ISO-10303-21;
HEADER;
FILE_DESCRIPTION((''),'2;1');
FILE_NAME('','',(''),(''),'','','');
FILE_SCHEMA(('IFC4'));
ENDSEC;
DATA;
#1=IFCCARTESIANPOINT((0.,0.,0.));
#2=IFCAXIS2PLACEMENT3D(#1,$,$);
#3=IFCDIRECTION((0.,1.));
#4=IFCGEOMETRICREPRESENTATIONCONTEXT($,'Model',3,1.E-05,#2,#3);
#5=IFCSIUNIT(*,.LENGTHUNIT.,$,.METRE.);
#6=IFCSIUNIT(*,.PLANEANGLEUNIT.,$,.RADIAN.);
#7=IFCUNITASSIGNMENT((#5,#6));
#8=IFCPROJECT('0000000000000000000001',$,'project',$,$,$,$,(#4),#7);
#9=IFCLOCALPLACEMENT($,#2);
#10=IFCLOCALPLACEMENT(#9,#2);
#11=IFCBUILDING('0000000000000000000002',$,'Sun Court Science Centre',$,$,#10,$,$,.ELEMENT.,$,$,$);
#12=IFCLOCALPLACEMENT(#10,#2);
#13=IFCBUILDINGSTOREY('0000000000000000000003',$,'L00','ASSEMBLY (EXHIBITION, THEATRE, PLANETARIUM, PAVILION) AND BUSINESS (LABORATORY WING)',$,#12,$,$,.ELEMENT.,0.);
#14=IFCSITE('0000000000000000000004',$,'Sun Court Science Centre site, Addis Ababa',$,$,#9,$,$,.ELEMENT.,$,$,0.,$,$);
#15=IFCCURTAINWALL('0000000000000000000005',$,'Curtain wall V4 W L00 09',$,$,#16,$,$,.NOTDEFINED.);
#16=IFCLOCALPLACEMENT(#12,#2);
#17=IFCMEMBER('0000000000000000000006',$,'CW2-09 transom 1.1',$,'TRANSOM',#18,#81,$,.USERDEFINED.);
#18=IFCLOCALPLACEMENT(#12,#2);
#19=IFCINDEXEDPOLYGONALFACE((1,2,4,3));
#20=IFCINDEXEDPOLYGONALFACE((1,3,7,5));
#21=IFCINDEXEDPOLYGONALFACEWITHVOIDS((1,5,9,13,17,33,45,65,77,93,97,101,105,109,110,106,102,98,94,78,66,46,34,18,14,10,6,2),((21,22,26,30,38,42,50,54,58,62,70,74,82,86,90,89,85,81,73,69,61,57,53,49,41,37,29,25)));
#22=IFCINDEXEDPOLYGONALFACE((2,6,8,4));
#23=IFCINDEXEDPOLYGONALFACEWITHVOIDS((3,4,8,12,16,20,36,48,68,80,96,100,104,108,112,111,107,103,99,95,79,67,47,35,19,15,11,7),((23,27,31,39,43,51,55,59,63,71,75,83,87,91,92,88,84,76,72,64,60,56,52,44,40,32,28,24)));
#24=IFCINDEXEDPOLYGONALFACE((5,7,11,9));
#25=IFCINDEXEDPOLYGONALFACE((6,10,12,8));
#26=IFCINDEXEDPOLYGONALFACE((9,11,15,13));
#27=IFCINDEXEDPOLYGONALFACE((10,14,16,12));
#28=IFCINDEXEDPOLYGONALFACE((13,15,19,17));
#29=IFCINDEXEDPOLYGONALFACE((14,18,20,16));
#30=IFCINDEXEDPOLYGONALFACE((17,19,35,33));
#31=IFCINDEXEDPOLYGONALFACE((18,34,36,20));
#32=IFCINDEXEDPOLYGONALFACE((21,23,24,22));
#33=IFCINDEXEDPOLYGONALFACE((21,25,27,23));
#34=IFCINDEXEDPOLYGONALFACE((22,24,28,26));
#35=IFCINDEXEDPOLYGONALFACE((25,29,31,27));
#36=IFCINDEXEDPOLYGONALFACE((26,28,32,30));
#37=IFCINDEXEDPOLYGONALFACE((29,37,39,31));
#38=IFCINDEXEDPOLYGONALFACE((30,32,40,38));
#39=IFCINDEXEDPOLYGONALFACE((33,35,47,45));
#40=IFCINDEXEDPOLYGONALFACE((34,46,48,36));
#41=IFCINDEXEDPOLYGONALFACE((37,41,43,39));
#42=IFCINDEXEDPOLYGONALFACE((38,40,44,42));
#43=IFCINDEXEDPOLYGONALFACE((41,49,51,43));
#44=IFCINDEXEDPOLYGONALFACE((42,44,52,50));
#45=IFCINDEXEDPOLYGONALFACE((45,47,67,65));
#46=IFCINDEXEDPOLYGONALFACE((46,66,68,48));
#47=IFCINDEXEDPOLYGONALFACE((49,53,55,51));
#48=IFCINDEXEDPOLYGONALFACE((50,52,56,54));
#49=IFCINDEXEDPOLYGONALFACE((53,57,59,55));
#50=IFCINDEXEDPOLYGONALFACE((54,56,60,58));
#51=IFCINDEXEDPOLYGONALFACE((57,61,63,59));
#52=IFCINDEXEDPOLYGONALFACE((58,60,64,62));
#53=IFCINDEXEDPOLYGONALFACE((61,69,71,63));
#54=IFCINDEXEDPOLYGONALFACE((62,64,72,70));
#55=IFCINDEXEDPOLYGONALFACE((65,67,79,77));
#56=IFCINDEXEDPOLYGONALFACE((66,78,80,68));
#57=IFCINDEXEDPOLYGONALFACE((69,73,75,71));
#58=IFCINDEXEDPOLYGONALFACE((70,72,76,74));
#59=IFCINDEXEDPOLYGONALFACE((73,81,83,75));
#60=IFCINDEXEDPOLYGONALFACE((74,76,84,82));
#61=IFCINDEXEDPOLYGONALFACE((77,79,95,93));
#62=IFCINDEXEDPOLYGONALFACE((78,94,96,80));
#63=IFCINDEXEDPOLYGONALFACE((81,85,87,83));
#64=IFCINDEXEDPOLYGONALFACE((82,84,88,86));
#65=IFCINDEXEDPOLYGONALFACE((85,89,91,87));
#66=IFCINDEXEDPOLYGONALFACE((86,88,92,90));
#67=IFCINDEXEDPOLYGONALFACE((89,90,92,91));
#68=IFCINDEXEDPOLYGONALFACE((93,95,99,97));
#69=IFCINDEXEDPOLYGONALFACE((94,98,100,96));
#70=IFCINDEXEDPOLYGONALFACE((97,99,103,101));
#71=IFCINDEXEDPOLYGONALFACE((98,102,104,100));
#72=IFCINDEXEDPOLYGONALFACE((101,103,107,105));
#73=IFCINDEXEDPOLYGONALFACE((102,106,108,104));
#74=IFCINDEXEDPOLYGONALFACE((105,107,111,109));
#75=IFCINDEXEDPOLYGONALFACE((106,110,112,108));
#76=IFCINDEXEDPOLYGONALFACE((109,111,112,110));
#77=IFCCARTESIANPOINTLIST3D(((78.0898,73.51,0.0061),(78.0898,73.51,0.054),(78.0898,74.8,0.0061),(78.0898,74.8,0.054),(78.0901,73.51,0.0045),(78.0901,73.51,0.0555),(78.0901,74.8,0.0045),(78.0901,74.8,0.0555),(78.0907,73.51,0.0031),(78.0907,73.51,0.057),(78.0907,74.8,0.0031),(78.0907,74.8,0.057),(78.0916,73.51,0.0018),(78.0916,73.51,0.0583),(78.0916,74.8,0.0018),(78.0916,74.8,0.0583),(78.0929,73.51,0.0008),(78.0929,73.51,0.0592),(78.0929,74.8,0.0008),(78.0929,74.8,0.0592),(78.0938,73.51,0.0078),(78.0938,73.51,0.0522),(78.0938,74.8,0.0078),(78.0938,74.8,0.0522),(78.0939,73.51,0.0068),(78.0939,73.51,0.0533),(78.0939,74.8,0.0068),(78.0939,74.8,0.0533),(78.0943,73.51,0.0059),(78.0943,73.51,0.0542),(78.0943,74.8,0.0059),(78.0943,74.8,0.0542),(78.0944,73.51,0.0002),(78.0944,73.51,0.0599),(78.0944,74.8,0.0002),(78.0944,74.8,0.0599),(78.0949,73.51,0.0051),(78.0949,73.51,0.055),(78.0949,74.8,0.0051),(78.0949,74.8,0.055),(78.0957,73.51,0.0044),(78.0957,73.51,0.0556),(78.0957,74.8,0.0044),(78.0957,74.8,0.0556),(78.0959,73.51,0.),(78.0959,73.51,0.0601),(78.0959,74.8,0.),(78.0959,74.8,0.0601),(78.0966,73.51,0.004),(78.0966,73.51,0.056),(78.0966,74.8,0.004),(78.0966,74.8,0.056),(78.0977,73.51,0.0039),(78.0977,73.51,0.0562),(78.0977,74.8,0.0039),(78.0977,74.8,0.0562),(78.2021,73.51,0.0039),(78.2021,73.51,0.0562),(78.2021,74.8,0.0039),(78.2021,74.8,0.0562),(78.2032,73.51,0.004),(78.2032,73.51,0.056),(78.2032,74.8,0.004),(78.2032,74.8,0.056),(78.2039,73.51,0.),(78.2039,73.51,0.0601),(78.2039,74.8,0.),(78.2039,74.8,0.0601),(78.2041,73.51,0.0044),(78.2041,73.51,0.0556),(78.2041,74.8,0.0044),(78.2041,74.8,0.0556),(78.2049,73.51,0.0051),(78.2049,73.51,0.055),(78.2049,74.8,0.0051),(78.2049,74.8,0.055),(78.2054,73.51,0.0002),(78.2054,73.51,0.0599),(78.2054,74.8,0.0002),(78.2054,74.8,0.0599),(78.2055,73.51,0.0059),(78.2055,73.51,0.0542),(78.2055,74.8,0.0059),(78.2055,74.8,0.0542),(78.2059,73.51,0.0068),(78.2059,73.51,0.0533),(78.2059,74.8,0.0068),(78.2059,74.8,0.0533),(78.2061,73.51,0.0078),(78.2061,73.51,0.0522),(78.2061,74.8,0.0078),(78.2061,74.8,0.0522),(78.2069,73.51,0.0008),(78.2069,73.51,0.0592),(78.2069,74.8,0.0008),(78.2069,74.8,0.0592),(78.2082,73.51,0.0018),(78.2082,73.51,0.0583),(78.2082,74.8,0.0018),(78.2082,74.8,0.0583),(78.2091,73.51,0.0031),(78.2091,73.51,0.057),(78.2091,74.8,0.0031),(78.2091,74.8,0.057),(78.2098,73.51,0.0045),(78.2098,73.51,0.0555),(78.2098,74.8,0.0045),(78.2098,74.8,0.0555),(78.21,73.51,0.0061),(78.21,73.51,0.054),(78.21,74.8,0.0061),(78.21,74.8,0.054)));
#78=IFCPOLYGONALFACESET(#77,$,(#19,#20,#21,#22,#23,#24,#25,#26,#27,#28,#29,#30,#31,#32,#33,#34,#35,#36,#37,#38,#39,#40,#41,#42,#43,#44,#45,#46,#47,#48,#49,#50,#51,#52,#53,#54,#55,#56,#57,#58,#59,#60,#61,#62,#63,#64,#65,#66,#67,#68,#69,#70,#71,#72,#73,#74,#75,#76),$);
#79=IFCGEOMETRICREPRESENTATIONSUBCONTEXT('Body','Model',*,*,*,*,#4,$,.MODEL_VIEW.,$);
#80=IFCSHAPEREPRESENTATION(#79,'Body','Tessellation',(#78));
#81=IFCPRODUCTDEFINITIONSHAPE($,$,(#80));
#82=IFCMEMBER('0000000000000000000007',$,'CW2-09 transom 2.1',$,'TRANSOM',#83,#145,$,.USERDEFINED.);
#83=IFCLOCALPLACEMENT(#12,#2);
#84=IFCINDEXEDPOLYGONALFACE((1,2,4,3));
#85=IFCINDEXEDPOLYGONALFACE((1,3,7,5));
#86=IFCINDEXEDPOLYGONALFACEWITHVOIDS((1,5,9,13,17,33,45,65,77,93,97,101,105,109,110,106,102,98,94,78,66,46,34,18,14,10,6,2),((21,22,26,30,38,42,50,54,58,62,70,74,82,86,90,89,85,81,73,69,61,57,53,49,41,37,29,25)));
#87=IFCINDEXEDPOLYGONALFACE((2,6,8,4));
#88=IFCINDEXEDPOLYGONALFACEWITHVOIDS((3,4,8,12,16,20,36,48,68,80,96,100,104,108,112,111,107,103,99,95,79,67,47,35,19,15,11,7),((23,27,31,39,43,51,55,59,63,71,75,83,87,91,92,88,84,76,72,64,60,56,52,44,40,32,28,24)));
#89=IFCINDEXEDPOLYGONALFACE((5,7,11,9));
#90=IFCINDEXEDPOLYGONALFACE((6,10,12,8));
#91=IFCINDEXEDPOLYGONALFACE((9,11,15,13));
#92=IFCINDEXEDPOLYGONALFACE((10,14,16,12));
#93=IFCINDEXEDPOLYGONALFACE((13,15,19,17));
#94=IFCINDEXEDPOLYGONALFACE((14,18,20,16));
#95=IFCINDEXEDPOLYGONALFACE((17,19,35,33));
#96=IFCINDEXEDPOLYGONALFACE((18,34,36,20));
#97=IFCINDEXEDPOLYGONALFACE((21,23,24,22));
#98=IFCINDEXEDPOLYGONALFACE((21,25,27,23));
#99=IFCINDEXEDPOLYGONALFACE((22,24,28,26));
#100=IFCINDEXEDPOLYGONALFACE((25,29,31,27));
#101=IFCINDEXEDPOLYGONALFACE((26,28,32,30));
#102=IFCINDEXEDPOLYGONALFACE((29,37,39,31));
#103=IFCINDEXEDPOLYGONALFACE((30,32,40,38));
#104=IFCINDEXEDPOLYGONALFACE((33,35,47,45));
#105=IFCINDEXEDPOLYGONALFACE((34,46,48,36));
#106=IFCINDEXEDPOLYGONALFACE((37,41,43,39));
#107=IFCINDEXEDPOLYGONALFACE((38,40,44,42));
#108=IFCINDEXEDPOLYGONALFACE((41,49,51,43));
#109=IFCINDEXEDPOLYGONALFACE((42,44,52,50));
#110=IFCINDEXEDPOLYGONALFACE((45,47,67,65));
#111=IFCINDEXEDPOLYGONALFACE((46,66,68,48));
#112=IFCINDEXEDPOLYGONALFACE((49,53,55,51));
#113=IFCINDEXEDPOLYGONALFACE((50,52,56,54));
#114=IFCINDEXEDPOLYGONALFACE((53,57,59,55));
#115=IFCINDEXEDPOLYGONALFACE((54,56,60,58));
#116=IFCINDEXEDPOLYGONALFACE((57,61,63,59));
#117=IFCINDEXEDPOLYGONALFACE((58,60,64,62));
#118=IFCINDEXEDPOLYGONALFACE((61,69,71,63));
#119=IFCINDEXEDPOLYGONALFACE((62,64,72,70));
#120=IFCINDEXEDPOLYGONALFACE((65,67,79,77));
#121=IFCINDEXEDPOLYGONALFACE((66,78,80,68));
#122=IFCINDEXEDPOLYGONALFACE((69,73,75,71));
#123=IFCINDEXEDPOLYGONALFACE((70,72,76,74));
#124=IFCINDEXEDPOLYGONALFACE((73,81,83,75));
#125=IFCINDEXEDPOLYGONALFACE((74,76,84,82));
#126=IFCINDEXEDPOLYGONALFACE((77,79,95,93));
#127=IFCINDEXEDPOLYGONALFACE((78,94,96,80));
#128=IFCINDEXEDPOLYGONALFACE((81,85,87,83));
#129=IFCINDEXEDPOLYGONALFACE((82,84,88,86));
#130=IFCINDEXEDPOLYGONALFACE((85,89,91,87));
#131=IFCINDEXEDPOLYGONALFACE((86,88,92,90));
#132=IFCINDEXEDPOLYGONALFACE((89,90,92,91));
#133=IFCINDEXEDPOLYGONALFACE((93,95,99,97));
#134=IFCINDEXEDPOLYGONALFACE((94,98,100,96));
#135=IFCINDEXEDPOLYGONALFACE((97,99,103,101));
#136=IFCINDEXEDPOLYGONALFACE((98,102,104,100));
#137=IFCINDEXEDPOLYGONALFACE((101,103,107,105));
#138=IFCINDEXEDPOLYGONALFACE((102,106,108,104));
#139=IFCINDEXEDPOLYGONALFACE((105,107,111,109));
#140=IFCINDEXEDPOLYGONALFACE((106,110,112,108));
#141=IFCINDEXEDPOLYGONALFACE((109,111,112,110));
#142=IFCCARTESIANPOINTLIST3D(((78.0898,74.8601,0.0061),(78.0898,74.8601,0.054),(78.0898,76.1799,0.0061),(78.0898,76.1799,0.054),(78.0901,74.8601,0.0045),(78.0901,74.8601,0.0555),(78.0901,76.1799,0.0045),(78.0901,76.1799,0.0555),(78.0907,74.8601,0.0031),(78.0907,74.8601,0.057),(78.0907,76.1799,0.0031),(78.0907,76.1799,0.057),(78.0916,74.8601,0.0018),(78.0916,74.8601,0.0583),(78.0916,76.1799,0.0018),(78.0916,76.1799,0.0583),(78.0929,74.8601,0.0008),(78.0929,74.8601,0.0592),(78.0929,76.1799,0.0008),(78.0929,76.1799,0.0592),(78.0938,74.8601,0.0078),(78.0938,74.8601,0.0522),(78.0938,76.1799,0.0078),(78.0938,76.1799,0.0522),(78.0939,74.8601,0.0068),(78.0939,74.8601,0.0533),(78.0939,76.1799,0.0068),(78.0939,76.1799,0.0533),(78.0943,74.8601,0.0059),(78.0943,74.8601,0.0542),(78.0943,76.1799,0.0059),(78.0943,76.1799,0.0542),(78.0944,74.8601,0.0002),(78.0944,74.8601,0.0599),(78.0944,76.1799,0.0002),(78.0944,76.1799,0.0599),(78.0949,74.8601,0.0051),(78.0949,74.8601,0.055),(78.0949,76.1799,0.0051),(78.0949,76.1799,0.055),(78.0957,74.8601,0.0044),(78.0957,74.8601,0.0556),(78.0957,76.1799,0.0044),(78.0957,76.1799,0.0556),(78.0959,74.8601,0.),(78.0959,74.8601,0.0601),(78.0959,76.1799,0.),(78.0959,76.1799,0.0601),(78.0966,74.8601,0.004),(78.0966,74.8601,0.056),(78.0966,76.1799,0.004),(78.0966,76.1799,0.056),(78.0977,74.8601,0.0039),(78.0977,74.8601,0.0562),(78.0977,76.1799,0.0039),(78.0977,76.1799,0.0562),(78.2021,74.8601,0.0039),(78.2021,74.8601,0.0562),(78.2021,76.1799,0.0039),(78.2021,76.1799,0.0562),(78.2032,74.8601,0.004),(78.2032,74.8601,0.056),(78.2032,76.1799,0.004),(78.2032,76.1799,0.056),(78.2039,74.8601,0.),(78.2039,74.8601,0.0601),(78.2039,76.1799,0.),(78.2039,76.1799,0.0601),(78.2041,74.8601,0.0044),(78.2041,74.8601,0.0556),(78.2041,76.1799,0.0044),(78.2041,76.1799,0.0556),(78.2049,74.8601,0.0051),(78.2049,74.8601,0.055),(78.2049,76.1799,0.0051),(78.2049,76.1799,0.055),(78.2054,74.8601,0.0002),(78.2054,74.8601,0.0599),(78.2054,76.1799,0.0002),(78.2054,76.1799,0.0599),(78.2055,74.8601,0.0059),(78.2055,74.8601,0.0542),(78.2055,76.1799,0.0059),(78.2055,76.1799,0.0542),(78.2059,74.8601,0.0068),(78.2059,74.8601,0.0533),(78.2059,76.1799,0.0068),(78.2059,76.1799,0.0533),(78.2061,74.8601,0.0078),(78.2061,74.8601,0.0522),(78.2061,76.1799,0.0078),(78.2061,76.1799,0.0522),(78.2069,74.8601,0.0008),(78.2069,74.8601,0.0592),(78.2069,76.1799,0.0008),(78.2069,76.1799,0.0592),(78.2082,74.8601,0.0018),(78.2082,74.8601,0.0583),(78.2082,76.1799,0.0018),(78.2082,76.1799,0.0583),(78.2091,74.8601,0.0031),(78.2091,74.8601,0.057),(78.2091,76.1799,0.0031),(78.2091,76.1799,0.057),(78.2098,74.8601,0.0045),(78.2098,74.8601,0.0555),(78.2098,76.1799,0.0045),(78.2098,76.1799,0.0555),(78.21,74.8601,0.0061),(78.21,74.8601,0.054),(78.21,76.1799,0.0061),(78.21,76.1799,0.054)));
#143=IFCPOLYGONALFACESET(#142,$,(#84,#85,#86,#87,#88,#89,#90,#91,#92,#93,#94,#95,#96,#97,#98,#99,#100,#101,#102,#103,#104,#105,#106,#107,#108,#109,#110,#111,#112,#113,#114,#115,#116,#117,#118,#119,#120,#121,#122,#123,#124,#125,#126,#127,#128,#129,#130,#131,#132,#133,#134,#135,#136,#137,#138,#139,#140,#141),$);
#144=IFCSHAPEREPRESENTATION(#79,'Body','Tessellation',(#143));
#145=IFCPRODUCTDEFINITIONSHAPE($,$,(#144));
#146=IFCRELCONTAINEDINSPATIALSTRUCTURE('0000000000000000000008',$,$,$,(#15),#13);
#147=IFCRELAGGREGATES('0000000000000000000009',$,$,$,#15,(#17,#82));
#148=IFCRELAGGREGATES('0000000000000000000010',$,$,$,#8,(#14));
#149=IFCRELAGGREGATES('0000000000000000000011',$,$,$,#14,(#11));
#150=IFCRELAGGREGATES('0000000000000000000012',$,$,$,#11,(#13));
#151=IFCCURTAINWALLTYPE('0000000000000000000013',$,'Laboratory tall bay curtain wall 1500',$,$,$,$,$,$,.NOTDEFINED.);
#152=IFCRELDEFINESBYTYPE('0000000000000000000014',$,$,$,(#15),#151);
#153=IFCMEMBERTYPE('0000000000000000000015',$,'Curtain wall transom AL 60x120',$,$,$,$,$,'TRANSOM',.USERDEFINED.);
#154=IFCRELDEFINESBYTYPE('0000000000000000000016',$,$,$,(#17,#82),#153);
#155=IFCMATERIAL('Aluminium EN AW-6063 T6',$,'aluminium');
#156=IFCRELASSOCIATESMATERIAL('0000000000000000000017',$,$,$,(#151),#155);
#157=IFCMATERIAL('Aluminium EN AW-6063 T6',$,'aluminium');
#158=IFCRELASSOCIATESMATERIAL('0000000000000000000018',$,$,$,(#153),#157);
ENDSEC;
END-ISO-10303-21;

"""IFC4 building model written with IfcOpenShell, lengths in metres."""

from ifc_helpers import new_model, si_unit, direction, frame, origin, origin_2d, place, context, subcontext, project, spatial, hollow_rectangle, extrude, material, material_profile, profile_set, type_object, element, aggregate, save


model = new_model("IFC4")

# Units and contexts
model_context = context("Model", 3, precision=1e-05, world=origin(), true_north=direction((0.0, 1.0)))
body_context = subcontext(model_context, "Body", "Model", "MODEL_VIEW")
ifc_project = project(units=[si_unit("LENGTHUNIT", "METRE"), si_unit("PLANEANGLEUNIT", "RADIAN")], contexts=[model_context])

# Site, building, storey
site_placement = place(None, origin())
site = spatial("IfcSite", under=ifc_project, at=site_placement, Name="Sun Court Science Centre site, Addis Ababa", CompositionType="ELEMENT", RefElevation=0.0)
building_placement = place(site_placement, origin())
building = spatial("IfcBuilding", under=site, at=building_placement, Name="Sun Court Science Centre", CompositionType="ELEMENT")
storey_placement = place(building_placement, origin())
storey = spatial("IfcBuildingStorey", under=building, at=storey_placement, Name="L00", Description="ASSEMBLY (EXHIBITION, THEATRE, PLANETARIUM, PAVILION) AND BUSINESS (LABORATORY WING)", CompositionType="ELEMENT", Elevation=0.0)

# Curtain wall
ifc_material_1 = material(Name="Aluminium EN AW-6063 T6", Category="aluminium")
curtain_wall_type = type_object("IfcCurtainWallType", Name="Laboratory tall bay curtain wall 1500", PredefinedType="NOTDEFINED", material=ifc_material_1)
curtain_wall_1_placement = place(storey_placement, origin())
curtain_wall_1 = element("IfcCurtainWall", 1, at=curtain_wall_1_placement, inside=storey, type_object=curtain_wall_type, Name="Curtain wall V4 W L00 09", PredefinedType="NOTDEFINED")

# Members
ifc_material_2 = material(Name="Aluminium EN AW-6063 T6", Category="aluminium")
ifc_material_profile_1 = material_profile(ifc_material_2, hollow_rectangle(XDim=0.0601, YDim=0.1201, WallThickness=0.0039, InnerFilletRadius=0.0039, OuterFilletRadius=0.0061, at=origin_2d()), Name="AL 60x120x4")
ifc_profile_set_1 = profile_set([ifc_material_profile_1], Name="Aluminium EN AW-6063 T6")
member_type_1 = type_object("IfcMemberType", Name="Curtain wall transom AL 60x120", ElementType="TRANSOM", PredefinedType="USERDEFINED", material=ifc_profile_set_1)
member_1_placement = place(storey_placement, frame((78.1499, 73.51, 0.03), z_axis=(0.0, 1.0, 0.0), x_axis=(0.0, 0.0, 1.0)))
member_1 = element("IfcMember", 2, at=member_1_placement, type_object=member_type_1, Name="CW2-09 transom 1.1", ObjectType="TRANSOM", PredefinedType="USERDEFINED", context=body_context, shape_type="SweptSolid", body=[
    extrude(hollow_rectangle(XDim=0.0601, YDim=0.1201, WallThickness=0.0039, InnerFilletRadius=0.0039, OuterFilletRadius=0.0061, at=origin_2d()), origin(), (0.0, 0.0, 1.0), 1.29),
])
member_2_placement = place(storey_placement, frame((78.1499, 74.8601, 0.03), z_axis=(0.0, 1.0, 0.0), x_axis=(0.0, 0.0, 1.0)))
member_2 = element("IfcMember", 3, at=member_2_placement, type_object=member_type_1, Name="CW2-09 transom 2.1", ObjectType="TRANSOM", PredefinedType="USERDEFINED", context=body_context, shape_type="SweptSolid", body=[
    extrude(hollow_rectangle(XDim=0.0601, YDim=0.1201, WallThickness=0.0039, InnerFilletRadius=0.0039, OuterFilletRadius=0.0061, at=origin_2d()), origin(), (0.0, 0.0, 1.0), 1.3198),
])

aggregate(curtain_wall_1, [member_1, member_2])

save(model, "model.ifc")
